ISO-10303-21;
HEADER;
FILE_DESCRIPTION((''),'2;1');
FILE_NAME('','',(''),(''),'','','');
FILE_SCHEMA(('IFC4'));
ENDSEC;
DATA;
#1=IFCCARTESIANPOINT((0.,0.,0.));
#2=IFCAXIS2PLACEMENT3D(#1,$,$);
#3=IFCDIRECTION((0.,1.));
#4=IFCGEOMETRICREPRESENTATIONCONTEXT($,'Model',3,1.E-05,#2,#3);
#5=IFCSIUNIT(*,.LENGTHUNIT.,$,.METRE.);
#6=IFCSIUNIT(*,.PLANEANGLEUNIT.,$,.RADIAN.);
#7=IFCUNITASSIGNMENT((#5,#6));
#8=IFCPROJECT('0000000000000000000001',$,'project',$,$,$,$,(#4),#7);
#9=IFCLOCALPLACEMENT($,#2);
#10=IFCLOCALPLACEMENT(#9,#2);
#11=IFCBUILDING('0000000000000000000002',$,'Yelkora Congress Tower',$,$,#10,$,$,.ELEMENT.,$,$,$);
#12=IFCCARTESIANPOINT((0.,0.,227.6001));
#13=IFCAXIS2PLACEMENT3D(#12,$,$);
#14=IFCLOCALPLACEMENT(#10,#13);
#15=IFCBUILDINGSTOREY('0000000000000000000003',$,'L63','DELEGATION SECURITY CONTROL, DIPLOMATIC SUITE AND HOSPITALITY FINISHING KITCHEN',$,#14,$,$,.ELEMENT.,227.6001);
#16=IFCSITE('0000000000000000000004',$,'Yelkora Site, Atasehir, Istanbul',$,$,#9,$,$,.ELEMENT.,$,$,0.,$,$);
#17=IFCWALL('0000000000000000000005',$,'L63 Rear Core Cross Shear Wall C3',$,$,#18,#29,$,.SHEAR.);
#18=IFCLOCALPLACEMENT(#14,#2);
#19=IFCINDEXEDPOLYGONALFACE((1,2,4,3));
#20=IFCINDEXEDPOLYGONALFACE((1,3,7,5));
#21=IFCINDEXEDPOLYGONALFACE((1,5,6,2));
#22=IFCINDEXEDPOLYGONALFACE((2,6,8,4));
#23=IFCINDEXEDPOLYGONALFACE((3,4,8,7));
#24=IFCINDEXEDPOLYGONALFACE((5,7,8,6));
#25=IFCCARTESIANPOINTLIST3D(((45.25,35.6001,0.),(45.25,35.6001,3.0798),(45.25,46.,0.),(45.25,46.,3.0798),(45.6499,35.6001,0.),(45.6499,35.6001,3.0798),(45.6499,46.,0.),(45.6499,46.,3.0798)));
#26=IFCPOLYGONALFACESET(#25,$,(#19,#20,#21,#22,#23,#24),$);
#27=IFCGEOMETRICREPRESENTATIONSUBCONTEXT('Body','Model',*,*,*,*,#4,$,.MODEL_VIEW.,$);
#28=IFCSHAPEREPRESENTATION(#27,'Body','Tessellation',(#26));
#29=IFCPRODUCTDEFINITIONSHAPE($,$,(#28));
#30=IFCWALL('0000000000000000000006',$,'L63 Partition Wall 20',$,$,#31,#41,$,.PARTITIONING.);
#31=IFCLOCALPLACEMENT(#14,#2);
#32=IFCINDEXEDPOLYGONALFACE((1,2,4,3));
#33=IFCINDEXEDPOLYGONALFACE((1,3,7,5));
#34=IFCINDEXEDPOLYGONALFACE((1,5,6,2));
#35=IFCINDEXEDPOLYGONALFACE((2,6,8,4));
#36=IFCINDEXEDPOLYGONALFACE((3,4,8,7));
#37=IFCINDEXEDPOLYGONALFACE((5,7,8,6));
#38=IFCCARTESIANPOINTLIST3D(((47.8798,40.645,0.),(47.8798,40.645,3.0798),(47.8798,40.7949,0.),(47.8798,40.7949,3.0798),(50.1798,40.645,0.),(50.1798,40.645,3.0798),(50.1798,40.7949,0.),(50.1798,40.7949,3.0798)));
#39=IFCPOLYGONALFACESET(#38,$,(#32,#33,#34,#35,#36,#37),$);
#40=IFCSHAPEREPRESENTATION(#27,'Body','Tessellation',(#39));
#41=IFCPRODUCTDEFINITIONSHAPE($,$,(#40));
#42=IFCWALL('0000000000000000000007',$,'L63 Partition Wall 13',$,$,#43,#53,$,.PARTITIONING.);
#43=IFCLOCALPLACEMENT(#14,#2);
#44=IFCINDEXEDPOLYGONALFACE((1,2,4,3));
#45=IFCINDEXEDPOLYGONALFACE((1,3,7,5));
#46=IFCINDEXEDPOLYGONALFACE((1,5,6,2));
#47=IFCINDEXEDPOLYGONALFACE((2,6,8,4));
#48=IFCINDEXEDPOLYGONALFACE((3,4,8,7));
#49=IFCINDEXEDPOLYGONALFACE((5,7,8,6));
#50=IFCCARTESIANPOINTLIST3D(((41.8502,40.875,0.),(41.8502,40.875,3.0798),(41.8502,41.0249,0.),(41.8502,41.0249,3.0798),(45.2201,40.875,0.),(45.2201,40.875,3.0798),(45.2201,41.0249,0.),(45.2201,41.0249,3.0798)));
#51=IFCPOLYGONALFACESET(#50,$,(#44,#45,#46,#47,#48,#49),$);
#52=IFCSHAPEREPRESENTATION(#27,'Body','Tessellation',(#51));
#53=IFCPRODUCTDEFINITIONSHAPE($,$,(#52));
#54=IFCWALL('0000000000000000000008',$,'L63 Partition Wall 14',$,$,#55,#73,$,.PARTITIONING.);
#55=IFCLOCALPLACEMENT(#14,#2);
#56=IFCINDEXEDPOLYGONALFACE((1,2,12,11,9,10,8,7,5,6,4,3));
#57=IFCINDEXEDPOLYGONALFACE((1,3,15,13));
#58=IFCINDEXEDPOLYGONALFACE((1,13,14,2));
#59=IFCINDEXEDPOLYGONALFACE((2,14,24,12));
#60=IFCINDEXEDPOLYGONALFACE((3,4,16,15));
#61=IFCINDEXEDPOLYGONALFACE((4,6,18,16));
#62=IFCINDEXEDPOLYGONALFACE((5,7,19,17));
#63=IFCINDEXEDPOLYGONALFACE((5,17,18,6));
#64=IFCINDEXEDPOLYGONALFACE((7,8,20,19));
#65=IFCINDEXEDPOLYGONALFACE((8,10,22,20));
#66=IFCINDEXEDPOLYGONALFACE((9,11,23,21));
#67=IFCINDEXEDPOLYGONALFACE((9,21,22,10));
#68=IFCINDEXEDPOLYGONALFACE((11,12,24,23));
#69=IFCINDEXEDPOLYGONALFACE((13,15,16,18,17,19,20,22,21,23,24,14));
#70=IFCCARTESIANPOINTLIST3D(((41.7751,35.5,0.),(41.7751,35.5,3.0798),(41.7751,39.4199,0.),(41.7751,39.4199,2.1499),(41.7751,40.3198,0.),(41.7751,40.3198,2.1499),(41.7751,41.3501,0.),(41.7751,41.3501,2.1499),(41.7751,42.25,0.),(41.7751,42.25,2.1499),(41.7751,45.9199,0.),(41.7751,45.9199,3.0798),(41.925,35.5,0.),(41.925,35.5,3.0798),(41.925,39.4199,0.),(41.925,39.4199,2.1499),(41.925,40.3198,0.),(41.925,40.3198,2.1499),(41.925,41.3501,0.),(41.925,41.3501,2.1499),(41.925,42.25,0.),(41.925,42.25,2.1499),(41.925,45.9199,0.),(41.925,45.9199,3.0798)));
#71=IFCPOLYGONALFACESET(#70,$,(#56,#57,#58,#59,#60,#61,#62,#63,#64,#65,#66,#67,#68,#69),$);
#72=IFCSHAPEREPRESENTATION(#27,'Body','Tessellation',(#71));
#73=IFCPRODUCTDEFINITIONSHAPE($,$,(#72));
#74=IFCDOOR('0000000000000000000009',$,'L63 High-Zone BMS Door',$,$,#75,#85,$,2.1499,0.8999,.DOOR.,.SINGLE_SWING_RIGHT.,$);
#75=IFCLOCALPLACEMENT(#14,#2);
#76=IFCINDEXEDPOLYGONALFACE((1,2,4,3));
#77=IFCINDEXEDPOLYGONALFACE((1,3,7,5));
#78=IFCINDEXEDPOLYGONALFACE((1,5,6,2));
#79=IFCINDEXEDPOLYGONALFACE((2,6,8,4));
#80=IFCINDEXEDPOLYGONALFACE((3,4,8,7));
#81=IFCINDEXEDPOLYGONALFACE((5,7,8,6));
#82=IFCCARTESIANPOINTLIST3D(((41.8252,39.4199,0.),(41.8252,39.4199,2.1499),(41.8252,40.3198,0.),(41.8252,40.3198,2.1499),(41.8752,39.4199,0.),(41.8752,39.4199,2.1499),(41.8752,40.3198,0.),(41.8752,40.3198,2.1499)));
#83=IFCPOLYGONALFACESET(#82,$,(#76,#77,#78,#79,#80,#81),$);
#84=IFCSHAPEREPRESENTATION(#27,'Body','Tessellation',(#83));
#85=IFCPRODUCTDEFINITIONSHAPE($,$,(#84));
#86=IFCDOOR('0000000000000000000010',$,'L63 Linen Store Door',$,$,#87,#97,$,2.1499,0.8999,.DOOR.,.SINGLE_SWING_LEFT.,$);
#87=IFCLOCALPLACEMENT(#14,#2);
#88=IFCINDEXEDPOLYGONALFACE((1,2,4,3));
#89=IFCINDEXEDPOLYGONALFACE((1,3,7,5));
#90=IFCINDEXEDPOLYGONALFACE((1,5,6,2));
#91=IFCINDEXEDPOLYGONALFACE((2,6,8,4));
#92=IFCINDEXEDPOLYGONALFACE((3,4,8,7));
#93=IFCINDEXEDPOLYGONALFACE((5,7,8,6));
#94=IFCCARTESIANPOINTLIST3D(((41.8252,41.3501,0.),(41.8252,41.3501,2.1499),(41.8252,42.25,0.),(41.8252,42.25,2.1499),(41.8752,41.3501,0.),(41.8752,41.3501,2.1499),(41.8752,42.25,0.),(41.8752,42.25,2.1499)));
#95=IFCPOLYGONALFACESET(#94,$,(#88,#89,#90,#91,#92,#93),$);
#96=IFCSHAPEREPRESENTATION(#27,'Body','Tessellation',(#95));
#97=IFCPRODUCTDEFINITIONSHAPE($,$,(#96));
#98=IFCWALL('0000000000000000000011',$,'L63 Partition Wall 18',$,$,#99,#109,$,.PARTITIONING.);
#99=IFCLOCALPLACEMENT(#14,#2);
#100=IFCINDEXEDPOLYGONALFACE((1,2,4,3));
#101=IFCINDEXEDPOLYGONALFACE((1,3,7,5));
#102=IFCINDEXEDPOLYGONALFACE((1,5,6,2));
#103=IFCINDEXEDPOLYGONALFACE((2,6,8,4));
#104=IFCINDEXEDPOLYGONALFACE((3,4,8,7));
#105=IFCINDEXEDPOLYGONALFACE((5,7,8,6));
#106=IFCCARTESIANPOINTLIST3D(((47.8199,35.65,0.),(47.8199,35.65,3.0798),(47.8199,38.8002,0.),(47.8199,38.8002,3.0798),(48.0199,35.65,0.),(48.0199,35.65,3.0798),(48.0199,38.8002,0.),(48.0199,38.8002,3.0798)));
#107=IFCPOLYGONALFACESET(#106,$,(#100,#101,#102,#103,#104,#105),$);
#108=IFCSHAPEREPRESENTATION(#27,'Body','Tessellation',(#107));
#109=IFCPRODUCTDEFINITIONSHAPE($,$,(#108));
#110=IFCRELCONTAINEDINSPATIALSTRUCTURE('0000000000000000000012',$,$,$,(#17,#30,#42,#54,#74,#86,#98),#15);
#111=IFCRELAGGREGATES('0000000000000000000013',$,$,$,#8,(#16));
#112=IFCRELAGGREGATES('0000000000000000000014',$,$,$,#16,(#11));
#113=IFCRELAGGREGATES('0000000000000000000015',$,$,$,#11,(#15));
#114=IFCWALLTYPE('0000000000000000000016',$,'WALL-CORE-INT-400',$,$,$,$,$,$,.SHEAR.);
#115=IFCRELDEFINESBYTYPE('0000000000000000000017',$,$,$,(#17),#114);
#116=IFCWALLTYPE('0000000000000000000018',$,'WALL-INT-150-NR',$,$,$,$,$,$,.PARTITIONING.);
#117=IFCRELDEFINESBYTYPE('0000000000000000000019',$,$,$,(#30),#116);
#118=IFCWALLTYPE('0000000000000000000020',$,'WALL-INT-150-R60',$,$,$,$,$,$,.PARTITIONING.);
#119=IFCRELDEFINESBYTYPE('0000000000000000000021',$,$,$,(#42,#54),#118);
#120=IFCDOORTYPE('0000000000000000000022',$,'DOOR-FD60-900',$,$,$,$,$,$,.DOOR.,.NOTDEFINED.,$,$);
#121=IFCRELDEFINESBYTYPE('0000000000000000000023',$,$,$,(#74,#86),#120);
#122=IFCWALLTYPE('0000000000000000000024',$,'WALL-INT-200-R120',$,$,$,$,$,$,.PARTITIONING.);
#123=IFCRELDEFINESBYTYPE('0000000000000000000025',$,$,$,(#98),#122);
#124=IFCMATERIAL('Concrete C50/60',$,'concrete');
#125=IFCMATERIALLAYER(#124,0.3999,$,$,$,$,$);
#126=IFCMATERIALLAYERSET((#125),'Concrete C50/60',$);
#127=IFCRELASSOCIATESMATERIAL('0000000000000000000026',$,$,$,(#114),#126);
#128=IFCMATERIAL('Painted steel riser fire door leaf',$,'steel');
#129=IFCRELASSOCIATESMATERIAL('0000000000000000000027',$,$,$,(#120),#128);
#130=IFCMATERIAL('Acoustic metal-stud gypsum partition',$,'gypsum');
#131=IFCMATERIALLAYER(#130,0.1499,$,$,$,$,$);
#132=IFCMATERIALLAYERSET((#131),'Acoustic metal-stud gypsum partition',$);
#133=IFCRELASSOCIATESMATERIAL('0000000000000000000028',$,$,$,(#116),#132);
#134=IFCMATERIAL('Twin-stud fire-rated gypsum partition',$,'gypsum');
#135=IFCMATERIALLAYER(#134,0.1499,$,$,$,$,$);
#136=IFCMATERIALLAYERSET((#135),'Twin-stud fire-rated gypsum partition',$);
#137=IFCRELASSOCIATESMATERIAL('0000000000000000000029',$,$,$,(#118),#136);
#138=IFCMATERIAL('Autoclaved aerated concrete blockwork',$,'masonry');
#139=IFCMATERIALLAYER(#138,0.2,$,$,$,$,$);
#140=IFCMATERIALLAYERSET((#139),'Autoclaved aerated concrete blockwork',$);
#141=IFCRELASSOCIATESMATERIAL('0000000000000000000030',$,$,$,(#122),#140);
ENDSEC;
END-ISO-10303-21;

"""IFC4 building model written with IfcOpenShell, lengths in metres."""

from ifc_helpers import new_model, si_unit, direction, frame, frame_2d, origin, place, context, subcontext, project, spatial, rectangle, extrude, material, layer, layer_set, type_object, element, fill, save


model = new_model("IFC4")

# Units and contexts
model_context = context("Model", 3, precision=1e-05, world=origin(), true_north=direction((0.0, 1.0)))
body_context = subcontext(model_context, "Body", "Model", "MODEL_VIEW")
ifc_project = project(units=[si_unit("LENGTHUNIT", "METRE"), si_unit("PLANEANGLEUNIT", "RADIAN")], contexts=[model_context])

# Site, building, storey
site_placement = place(None, origin())
site = spatial("IfcSite", under=ifc_project, at=site_placement, Name="Yelkora Site, Atasehir, Istanbul", CompositionType="ELEMENT", RefElevation=0.0)
building_placement = place(site_placement, origin())
building = spatial("IfcBuilding", under=site, at=building_placement, Name="Yelkora Congress Tower", CompositionType="ELEMENT")
storey_placement = place(building_placement, frame((0.0, 0.0, 227.6001)))
storey = spatial("IfcBuildingStorey", under=building, at=storey_placement, Name="L63", Description="DELEGATION SECURITY CONTROL, DIPLOMATIC SUITE AND HOSPITALITY FINISHING KITCHEN", CompositionType="ELEMENT", Elevation=227.6001)

# Shared definitions
ifc_material_1 = material(Name="Concrete C50/60", Category="concrete")
ifc_layer_1 = layer(ifc_material_1, 0.3999)
ifc_layer_set_1 = layer_set([ifc_layer_1], Name="Concrete C50/60")
wall_type_1 = type_object("IfcWallType", Name="WALL-CORE-INT-400", PredefinedType="SHEAR", material=ifc_layer_set_1)
ifc_material_2 = material(Name="Painted steel riser fire door leaf", Category="steel")
door_type_1 = type_object("IfcDoorType", Name="DOOR-FD60-900", OperationType="NOTDEFINED", PredefinedType="DOOR", material=ifc_material_2)

# Walls
wall_1_placement = place(storey_placement, frame((45.45, 35.6001, 0.0), z_axis=(0.0, 0.0, 1.0), x_axis=(0.0, 1.0, 0.0)))
element("IfcWall", 1, at=wall_1_placement, inside=storey, type_object=wall_type_1, Name="L63 Rear Core Cross Shear Wall C3", PredefinedType="SHEAR", context=body_context, shape_type="SweptSolid", body=[
    extrude(rectangle(XDim=10.3999, YDim=0.3999, at=frame_2d((5.2, 0.0))), origin(), (0.0, 0.0, 1.0), 3.0798),
])
ifc_material_3 = material(Name="Acoustic metal-stud gypsum partition", Category="gypsum")
ifc_layer_2 = layer(ifc_material_3, 0.1499)
ifc_layer_set_2 = layer_set([ifc_layer_2], Name="Acoustic metal-stud gypsum partition")
wall_type_2 = type_object("IfcWallType", Name="WALL-INT-150-NR", PredefinedType="PARTITIONING", material=ifc_layer_set_2)
wall_2_placement = place(storey_placement, frame((47.8799, 40.72, 0.0), z_axis=(0.0, 0.0, 1.0), x_axis=(1.0, 0.0, 0.0)))
element("IfcWall", 2, at=wall_2_placement, inside=storey, type_object=wall_type_2, Name="L63 Partition Wall 20", PredefinedType="PARTITIONING", context=body_context, shape_type="SweptSolid", body=[
    extrude(rectangle(XDim=2.3, YDim=0.1499, at=frame_2d((1.1499, 0.0))), origin(), (0.0, 0.0, 1.0), 3.0798),
])

# Wall
ifc_material_4 = material(Name="Twin-stud fire-rated gypsum partition", Category="gypsum")
ifc_layer_3 = layer(ifc_material_4, 0.1499)
ifc_layer_set_3 = layer_set([ifc_layer_3], Name="Twin-stud fire-rated gypsum partition")
wall_type_3 = type_object("IfcWallType", Name="WALL-INT-150-R60", PredefinedType="PARTITIONING", material=ifc_layer_set_3)
wall_3_placement = place(storey_placement, frame((41.8501, 40.95, 0.0), z_axis=(0.0, 0.0, 1.0), x_axis=(1.0, 0.0, 0.0)))
element("IfcWall", 3, at=wall_3_placement, inside=storey, type_object=wall_type_3, Name="L63 Partition Wall 13", PredefinedType="PARTITIONING", context=body_context, shape_type="SweptSolid", body=[
    extrude(rectangle(XDim=3.3699, YDim=0.1499, at=frame_2d((1.6851, 0.0))), origin(), (0.0, 0.0, 1.0), 3.0798),
])

# Wall, openings, doors
wall_4_placement = place(storey_placement, frame((41.8501, 35.5, 0.0), z_axis=(0.0, 0.0, 1.0), x_axis=(0.0, 1.0, 0.0)))
wall_4 = element("IfcWall", 4, at=wall_4_placement, inside=storey, type_object=wall_type_3, Name="L63 Partition Wall 14", PredefinedType="PARTITIONING", context=body_context, shape_type="SweptSolid", body=[
    extrude(rectangle(XDim=10.4199, YDim=0.1499, at=frame_2d((5.21, 0.0))), origin(), (0.0, 0.0, 1.0), 3.0798),
])
opening_1_placement = place(wall_4_placement, frame((3.9199, 0.0, 0.0)))
opening_1 = element("IfcOpeningElement", 5, at=opening_1_placement, cuts=wall_4, PredefinedType="OPENING", context=body_context, shape_type="SweptSolid", body=[
    extrude(rectangle(XDim=0.8999, YDim=2.1499, at=frame_2d((0.45, 1.075))), frame((0.0, 0.085, 0.0), z_axis=(0.0, -1.0, 0.0), x_axis=(1.0, 0.0, 0.0)), (0.0, 0.0, 1.0), 0.1699),
])
opening_2_placement = place(wall_4_placement, frame((5.8501, 0.0, 0.0)))
opening_2 = element("IfcOpeningElement", 6, at=opening_2_placement, cuts=wall_4, PredefinedType="OPENING", context=body_context, shape_type="SweptSolid", body=[
    extrude(rectangle(XDim=0.8999, YDim=2.1499, at=frame_2d((0.45, 1.075))), frame((0.0, 0.085, 0.0), z_axis=(0.0, -1.0, 0.0), x_axis=(1.0, 0.0, 0.0)), (0.0, 0.0, 1.0), 0.1699),
])
door_1_placement = place(opening_1_placement, origin())
door_1 = element("IfcDoor", 7, at=door_1_placement, inside=storey, type_object=door_type_1, Name="L63 High-Zone BMS Door", OperationType="SINGLE_SWING_RIGHT", OverallHeight=2.1499, OverallWidth=0.8999, PredefinedType="DOOR", context=body_context, shape_type="SweptSolid", body=[
    extrude(rectangle(XDim=0.8999, YDim=2.1499, at=frame_2d((0.45, 1.075))), frame((0.0, 0.0249, 0.0), z_axis=(0.0, -1.0, 0.0), x_axis=(1.0, 0.0, 0.0)), (0.0, 0.0, 1.0), 0.05),
])
fill(opening_1, door_1)
door_2_placement = place(opening_2_placement, origin())
door_2 = element("IfcDoor", 8, at=door_2_placement, inside=storey, type_object=door_type_1, Name="L63 Linen Store Door", OperationType="SINGLE_SWING_LEFT", OverallHeight=2.1499, OverallWidth=0.8999, PredefinedType="DOOR", context=body_context, shape_type="SweptSolid", body=[
    extrude(rectangle(XDim=0.8999, YDim=2.1499, at=frame_2d((0.45, 1.075))), frame((0.0, 0.0249, 0.0), z_axis=(0.0, -1.0, 0.0), x_axis=(1.0, 0.0, 0.0)), (0.0, 0.0, 1.0), 0.05),
])
fill(opening_2, door_2)

# Wall
ifc_material_5 = material(Name="Autoclaved aerated concrete blockwork", Category="masonry")
ifc_layer_4 = layer(ifc_material_5, 0.2)
ifc_layer_set_4 = layer_set([ifc_layer_4], Name="Autoclaved aerated concrete blockwork")
wall_type_4 = type_object("IfcWallType", Name="WALL-INT-200-R120", PredefinedType="PARTITIONING", material=ifc_layer_set_4)
wall_5_placement = place(storey_placement, frame((47.9199, 35.6499, 0.0), z_axis=(0.0, 0.0, 1.0), x_axis=(0.0, 1.0, 0.0)))
element("IfcWall", 9, at=wall_5_placement, inside=storey, type_object=wall_type_4, Name="L63 Partition Wall 18", PredefinedType="PARTITIONING", context=body_context, shape_type="SweptSolid", body=[
    extrude(rectangle(XDim=3.1501, YDim=0.2, at=frame_2d((1.5752, 0.0))), origin(), (0.0, 0.0, 1.0), 3.0798),
])

save(model, "model.ifc")
